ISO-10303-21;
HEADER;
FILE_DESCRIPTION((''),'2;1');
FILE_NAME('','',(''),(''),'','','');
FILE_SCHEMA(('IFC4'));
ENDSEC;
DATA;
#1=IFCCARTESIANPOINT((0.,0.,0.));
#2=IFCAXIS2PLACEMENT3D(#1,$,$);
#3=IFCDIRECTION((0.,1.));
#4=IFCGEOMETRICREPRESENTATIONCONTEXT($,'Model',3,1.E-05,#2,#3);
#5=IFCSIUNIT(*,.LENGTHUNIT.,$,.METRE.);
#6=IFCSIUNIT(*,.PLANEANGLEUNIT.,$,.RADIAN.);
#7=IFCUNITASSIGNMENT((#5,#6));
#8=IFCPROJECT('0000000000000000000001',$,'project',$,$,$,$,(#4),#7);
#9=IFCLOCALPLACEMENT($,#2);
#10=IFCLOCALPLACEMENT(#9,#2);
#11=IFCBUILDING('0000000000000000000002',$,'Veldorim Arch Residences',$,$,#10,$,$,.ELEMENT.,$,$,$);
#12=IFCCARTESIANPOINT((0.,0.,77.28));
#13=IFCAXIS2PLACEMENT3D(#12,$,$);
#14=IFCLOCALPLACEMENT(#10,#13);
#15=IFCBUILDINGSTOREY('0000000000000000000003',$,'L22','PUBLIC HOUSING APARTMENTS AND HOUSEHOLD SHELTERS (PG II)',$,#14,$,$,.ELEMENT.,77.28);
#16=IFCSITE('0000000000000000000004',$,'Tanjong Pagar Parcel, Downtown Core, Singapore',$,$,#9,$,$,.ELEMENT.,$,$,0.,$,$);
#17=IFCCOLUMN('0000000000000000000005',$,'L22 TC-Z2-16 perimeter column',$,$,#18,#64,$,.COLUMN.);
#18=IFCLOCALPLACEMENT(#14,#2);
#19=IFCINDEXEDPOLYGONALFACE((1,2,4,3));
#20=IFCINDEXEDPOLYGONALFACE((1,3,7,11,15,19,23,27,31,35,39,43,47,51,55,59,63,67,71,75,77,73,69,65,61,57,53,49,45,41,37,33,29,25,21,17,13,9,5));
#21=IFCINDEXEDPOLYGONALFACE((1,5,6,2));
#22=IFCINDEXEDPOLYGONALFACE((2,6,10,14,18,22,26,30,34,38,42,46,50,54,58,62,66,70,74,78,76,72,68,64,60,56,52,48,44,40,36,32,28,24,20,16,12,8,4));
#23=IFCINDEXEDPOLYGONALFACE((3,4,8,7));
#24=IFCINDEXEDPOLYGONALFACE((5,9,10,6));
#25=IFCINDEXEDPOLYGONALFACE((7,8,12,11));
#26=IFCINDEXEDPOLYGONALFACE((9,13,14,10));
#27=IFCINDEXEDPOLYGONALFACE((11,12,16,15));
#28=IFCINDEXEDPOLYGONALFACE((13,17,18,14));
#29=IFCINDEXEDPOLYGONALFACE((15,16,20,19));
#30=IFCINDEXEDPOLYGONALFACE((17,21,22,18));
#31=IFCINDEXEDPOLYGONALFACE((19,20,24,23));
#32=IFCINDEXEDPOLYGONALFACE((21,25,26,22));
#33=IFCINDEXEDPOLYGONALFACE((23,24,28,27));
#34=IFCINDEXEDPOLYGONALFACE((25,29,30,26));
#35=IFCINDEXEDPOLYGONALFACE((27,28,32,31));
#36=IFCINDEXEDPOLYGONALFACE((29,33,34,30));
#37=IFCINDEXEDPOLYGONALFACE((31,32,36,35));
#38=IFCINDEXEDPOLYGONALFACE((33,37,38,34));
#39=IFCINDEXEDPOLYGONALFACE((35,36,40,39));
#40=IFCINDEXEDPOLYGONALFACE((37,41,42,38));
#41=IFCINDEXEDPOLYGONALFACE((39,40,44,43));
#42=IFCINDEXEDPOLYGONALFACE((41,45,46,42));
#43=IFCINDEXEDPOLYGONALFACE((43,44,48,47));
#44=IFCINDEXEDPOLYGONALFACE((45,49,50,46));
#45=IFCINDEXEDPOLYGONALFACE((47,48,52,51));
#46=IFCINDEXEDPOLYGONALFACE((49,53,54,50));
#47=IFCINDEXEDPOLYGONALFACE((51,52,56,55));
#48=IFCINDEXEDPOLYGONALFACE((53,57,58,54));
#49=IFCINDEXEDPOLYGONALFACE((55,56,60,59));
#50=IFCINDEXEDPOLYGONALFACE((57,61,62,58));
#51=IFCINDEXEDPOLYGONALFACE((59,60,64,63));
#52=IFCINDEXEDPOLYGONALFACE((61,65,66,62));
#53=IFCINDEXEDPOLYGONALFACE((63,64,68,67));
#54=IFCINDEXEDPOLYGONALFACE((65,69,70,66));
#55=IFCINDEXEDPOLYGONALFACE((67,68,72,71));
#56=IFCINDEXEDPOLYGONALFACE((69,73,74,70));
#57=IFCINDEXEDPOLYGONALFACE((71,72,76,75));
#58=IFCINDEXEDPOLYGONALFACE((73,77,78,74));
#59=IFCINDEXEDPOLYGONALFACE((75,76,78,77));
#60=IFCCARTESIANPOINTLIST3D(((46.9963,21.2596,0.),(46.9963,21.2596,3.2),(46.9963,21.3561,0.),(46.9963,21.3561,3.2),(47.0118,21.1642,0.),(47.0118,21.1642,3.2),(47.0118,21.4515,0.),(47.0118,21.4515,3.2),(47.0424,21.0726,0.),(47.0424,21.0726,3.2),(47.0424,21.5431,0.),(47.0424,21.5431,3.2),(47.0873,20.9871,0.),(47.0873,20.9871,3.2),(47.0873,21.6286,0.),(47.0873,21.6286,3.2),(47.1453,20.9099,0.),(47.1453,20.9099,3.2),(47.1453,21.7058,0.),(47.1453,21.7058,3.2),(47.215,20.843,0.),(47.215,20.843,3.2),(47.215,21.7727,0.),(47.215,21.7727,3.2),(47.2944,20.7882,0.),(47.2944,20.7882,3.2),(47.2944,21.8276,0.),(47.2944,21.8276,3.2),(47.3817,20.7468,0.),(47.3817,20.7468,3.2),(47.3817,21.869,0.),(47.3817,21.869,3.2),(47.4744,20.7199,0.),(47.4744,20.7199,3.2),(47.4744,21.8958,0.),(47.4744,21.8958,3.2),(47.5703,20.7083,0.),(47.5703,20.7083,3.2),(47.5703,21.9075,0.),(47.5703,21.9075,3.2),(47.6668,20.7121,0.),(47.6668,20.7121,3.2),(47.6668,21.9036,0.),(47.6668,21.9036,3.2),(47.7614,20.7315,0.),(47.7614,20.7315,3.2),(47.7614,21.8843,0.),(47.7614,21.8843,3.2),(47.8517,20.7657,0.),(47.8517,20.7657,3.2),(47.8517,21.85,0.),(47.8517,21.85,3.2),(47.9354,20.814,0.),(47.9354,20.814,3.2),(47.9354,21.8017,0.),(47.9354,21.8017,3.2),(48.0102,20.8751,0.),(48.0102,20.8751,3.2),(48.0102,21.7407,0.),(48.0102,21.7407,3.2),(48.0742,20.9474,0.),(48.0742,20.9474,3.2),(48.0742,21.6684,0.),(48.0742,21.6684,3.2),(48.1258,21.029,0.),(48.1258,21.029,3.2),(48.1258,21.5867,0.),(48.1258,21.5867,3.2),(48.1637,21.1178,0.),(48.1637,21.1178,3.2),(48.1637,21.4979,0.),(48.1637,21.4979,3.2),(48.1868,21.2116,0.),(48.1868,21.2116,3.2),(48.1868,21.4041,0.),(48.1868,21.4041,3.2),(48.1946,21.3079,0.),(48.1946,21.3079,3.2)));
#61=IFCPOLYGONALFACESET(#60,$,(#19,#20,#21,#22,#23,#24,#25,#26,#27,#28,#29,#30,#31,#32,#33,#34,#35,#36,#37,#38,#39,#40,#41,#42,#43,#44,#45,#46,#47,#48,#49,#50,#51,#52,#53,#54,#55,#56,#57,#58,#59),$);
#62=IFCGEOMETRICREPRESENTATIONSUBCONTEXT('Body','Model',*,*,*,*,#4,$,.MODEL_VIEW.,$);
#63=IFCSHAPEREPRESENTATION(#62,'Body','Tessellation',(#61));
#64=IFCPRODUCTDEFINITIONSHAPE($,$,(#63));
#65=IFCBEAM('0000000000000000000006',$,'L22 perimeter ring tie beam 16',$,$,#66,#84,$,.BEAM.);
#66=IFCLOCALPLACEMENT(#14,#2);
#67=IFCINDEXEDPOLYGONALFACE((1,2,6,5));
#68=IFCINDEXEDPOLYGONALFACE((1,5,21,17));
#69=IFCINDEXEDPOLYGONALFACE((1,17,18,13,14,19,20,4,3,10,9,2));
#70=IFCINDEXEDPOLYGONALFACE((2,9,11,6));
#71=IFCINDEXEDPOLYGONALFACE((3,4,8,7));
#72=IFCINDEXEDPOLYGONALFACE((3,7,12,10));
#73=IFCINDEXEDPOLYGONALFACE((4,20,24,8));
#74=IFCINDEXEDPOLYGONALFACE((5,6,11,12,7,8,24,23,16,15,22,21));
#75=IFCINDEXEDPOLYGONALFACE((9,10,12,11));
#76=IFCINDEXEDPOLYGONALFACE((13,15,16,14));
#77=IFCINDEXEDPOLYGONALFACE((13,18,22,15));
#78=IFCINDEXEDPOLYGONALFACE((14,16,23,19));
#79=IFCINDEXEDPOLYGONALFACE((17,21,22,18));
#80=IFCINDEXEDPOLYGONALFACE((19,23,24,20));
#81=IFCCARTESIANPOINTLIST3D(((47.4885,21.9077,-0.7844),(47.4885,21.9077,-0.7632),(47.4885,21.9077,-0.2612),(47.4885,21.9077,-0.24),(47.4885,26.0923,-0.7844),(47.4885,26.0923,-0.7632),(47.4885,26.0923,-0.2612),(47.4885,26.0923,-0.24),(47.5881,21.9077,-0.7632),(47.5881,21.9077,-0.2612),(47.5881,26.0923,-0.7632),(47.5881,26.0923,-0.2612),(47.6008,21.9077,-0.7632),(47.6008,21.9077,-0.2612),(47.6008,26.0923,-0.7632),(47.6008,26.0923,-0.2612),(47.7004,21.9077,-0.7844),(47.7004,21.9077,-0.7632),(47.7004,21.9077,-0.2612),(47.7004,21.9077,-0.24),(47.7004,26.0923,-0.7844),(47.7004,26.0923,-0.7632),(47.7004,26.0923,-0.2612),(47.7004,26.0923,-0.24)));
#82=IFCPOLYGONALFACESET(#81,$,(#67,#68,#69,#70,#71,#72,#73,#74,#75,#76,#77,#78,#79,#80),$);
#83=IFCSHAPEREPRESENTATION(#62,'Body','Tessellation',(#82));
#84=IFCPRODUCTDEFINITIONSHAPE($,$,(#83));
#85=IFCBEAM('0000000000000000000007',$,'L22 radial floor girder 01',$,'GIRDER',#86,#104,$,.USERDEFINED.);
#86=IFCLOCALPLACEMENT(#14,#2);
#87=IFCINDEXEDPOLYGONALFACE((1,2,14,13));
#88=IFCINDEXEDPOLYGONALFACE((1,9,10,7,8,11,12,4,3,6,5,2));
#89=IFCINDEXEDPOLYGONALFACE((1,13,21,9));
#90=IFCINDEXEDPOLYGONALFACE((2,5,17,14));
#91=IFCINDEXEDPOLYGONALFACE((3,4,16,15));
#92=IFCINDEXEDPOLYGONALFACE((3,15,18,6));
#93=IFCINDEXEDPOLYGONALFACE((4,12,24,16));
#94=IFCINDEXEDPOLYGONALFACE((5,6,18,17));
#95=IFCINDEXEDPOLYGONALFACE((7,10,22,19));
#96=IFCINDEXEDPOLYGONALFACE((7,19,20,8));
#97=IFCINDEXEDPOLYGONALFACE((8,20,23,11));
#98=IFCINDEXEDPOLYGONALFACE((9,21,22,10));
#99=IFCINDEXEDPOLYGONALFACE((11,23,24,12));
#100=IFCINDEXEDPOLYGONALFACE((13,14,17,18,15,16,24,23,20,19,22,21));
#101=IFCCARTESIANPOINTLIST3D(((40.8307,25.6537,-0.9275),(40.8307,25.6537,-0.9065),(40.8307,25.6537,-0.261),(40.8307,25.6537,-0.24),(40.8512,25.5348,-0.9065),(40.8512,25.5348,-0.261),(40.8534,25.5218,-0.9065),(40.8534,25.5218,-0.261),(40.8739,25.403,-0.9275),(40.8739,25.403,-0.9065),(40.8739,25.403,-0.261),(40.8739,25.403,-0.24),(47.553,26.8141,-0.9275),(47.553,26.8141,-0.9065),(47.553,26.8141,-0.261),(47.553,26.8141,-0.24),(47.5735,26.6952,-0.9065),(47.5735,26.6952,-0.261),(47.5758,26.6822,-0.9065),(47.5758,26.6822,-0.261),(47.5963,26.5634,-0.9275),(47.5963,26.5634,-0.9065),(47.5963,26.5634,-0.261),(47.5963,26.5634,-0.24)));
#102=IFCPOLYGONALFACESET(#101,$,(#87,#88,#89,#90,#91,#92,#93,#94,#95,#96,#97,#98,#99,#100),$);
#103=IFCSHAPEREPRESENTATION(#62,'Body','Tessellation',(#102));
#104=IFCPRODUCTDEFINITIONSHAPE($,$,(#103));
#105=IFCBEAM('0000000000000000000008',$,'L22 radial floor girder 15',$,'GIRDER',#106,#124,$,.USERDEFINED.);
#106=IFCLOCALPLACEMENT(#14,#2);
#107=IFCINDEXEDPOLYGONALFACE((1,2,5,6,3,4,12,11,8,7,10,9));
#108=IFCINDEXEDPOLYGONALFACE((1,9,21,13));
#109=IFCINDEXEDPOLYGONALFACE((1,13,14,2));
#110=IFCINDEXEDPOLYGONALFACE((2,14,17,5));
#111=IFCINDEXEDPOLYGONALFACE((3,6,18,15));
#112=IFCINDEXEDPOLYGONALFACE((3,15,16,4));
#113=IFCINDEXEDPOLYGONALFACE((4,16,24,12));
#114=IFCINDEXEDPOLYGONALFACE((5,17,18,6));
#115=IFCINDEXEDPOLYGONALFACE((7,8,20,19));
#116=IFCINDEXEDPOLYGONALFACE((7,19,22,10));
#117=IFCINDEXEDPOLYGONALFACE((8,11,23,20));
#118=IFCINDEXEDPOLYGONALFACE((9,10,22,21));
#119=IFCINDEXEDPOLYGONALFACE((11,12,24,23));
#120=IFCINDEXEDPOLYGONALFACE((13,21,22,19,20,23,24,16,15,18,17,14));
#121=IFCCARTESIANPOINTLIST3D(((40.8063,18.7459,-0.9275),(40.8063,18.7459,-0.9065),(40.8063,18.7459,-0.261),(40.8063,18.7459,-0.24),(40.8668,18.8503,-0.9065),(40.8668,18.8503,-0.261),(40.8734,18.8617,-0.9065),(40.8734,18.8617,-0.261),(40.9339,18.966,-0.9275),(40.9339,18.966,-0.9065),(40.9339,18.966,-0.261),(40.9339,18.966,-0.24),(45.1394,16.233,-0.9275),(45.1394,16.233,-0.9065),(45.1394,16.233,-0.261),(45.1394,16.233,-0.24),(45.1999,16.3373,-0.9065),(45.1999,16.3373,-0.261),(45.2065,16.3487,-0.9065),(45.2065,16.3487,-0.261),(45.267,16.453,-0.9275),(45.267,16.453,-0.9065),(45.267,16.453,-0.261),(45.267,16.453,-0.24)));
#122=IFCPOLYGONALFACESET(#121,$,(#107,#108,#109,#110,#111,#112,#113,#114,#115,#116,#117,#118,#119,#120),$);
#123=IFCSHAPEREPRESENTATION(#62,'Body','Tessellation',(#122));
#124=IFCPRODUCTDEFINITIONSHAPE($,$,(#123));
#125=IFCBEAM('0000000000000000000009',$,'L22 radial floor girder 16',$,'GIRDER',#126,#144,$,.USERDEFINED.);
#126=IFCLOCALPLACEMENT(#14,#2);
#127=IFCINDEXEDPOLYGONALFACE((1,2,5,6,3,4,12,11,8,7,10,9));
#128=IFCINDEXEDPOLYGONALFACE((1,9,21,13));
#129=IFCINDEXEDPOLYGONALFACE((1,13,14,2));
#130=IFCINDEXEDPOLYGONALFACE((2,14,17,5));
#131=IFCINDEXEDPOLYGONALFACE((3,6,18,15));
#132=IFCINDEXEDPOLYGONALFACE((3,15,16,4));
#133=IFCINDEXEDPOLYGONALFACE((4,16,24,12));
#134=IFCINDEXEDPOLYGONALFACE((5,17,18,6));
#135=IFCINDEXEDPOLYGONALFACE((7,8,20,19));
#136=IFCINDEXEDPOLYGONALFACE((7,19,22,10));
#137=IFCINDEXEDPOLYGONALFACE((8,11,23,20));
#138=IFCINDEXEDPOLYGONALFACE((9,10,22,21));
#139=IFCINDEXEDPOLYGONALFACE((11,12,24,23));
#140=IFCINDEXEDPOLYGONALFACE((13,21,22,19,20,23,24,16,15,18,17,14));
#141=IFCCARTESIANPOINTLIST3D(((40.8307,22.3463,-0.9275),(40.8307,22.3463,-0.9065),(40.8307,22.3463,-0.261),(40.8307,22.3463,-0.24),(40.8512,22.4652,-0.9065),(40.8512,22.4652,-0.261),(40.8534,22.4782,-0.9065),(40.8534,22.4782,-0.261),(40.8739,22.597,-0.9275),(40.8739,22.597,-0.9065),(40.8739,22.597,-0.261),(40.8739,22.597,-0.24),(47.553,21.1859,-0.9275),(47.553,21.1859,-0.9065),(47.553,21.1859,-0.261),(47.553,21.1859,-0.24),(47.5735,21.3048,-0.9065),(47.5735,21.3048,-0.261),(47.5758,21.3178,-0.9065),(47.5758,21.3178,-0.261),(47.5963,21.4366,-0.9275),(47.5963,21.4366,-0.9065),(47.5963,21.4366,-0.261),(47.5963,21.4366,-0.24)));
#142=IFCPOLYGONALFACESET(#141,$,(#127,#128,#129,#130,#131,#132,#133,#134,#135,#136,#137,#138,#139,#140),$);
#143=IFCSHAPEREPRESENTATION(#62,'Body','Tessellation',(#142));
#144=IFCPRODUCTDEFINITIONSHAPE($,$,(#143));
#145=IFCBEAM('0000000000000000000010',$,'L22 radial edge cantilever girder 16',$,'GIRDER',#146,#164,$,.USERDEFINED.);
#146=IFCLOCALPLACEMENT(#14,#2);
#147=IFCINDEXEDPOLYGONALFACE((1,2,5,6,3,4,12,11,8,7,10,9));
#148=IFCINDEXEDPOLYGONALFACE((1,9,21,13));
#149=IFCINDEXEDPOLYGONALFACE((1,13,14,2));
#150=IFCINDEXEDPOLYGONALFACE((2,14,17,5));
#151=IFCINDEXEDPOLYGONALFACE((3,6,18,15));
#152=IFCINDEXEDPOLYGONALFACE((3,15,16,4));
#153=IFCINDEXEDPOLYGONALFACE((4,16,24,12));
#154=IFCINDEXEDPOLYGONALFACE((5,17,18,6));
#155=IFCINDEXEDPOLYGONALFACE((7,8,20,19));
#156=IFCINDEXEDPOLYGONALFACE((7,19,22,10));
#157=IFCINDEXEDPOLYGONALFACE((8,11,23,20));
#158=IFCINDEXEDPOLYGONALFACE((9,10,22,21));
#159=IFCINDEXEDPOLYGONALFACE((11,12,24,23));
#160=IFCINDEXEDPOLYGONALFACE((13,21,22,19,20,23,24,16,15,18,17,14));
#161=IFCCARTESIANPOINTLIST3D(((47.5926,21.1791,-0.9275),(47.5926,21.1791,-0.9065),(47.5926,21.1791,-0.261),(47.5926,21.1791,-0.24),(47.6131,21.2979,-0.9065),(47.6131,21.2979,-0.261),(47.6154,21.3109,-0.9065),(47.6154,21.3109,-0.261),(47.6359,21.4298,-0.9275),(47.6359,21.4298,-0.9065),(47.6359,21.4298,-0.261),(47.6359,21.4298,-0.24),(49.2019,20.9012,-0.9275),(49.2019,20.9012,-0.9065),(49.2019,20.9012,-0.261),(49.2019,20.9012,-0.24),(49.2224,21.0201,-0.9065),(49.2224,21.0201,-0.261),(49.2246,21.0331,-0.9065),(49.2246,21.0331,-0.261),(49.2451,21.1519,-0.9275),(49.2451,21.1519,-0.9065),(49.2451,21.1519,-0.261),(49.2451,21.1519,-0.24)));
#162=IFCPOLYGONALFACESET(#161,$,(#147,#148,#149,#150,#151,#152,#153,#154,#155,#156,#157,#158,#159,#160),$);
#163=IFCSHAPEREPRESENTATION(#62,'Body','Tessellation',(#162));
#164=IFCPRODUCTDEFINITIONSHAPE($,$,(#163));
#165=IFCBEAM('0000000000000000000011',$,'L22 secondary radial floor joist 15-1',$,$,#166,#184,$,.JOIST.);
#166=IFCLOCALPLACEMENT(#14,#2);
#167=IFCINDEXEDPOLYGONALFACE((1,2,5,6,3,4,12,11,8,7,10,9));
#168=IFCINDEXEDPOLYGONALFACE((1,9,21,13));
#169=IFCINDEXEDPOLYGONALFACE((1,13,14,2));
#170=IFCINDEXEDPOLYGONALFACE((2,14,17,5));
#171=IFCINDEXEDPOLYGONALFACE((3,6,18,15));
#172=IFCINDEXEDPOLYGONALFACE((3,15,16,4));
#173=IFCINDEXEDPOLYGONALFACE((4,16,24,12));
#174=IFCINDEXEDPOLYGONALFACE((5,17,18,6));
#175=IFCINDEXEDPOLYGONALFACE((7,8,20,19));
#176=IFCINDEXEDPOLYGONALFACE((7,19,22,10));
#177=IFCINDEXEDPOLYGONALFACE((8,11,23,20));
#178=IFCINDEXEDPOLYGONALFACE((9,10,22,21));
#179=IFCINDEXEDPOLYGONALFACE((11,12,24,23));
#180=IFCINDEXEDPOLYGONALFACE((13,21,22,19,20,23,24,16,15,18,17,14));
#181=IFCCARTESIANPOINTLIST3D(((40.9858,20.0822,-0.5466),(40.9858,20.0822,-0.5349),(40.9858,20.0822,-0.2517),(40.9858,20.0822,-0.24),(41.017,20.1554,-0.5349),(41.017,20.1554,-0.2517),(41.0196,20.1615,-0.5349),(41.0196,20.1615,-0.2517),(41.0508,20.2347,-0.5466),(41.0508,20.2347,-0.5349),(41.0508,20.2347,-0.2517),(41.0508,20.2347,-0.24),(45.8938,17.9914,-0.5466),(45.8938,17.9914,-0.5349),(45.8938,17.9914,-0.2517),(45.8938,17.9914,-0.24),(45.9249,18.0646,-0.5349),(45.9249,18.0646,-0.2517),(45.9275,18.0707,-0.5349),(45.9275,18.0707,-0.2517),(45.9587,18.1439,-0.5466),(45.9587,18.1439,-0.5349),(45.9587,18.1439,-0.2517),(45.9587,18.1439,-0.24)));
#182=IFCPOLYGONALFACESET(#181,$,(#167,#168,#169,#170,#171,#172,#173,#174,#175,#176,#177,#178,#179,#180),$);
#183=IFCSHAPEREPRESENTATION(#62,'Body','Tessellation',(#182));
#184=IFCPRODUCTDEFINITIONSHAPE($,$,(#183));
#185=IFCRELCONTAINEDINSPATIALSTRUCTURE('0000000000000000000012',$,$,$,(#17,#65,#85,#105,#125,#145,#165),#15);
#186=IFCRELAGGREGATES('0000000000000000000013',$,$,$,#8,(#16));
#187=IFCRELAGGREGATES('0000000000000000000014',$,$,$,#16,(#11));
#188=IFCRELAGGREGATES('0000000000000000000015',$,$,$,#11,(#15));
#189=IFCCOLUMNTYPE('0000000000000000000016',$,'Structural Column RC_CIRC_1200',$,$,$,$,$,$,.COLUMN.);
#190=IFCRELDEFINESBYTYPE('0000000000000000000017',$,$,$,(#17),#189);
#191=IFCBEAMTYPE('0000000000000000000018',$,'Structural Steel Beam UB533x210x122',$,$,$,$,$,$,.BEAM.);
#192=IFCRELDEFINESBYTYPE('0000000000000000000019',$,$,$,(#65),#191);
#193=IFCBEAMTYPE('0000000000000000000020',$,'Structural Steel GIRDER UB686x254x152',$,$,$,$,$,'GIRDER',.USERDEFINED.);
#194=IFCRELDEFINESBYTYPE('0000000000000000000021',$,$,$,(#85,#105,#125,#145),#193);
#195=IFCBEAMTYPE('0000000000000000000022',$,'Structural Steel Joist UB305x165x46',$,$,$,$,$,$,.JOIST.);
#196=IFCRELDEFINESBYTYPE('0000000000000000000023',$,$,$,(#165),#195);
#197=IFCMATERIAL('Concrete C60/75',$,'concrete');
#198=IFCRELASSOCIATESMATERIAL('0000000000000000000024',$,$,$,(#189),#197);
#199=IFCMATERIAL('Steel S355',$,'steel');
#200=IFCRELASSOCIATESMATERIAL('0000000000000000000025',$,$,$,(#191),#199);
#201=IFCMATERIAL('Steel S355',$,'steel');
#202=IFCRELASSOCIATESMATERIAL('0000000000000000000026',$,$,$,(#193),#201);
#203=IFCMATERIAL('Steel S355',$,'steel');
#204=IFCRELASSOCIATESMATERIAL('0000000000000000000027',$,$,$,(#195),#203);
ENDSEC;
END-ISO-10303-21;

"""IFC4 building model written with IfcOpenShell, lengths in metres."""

from ifc_helpers import new_model, si_unit, direction, frame, origin, origin_2d, place, context, subcontext, project, spatial, circle, i_section, extrude, material, material_profile, profile_set, type_object, element, save


model = new_model("IFC4")

# Units and contexts
model_context = context("Model", 3, precision=1e-05, world=origin(), true_north=direction((0.0, 1.0)))
body_context = subcontext(model_context, "Body", "Model", "MODEL_VIEW")
ifc_project = project(units=[si_unit("LENGTHUNIT", "METRE"), si_unit("PLANEANGLEUNIT", "RADIAN")], contexts=[model_context])

# Site, building, storey
site_placement = place(None, origin())
site = spatial("IfcSite", under=ifc_project, at=site_placement, Name="Tanjong Pagar Parcel, Downtown Core, Singapore", CompositionType="ELEMENT", RefElevation=0.0)
building_placement = place(site_placement, origin())
building = spatial("IfcBuilding", under=site, at=building_placement, Name="Veldorim Arch Residences", CompositionType="ELEMENT")
storey_placement = place(building_placement, frame((0.0, 0.0, 77.28)))
storey = spatial("IfcBuildingStorey", under=building, at=storey_placement, Name="L22", Description="PUBLIC HOUSING APARTMENTS AND HOUSEHOLD SHELTERS (PG II)", CompositionType="ELEMENT", Elevation=77.28)

# Column
ifc_material_1 = material(Name="Concrete C60/75", Category="concrete")
ifc_material_profile_1 = material_profile(ifc_material_1, circle(Radius=0.6001, at=origin_2d()), Name="RC_CIRC_1200")
ifc_profile_set_1 = profile_set([ifc_material_profile_1], Name="Concrete C60/75")
column_type = type_object("IfcColumnType", Name="Structural Column RC_CIRC_1200", PredefinedType="COLUMN", material=ifc_profile_set_1)
column_placement = place(storey_placement, frame((47.5945, 21.3079, 0.0), z_axis=(0.0, 0.0, 1.0), x_axis=(1.0, 0.0, 0.0)))
element("IfcColumn", 1, at=column_placement, inside=storey, type_object=column_type, Name="L22 TC-Z2-16 perimeter column", PredefinedType="COLUMN", context=body_context, shape_type="SweptSolid", body=[
    extrude(circle(Radius=0.6001, at=origin_2d()), origin(), (0.0, 0.0, 1.0), 3.2),
])

# Beams
ifc_material_2 = material(Name="Steel S355", Category="steel")
ifc_material_profile_2 = material_profile(ifc_material_2, i_section(OverallWidth=0.2119, OverallDepth=0.5444, WebThickness=0.0127, FlangeThickness=0.0212, at=origin_2d()), Name="UB533x210x122")
ifc_profile_set_2 = profile_set([ifc_material_profile_2], Name="Steel S355")
beam_type_1 = type_object("IfcBeamType", Name="Structural Steel Beam UB533x210x122", PredefinedType="BEAM", material=ifc_profile_set_2)
beam_1_placement = place(storey_placement, frame((47.5945, 21.9077, -0.5122), z_axis=(0.0, 1.0, 0.0), x_axis=(-1.0, 0.0, 0.0)))
element("IfcBeam", 2, at=beam_1_placement, inside=storey, type_object=beam_type_1, Name="L22 perimeter ring tie beam 16", PredefinedType="BEAM", context=body_context, shape_type="SweptSolid", body=[
    extrude(i_section(OverallWidth=0.2119, OverallDepth=0.5444, WebThickness=0.0127, FlangeThickness=0.0212, at=origin_2d()), origin(), (0.0, 0.0, 1.0), 4.1846),
])
ifc_material_3 = material(Name="Steel S355", Category="steel")
ifc_material_profile_3 = material_profile(ifc_material_3, i_section(OverallWidth=0.2544, OverallDepth=0.6875, WebThickness=0.0132, FlangeThickness=0.021, at=origin_2d()), Name="UB686x254x152")
ifc_profile_set_3 = profile_set([ifc_material_profile_3], Name="Steel S355")
beam_type_2 = type_object("IfcBeamType", Name="Structural Steel GIRDER UB686x254x152", ElementType="GIRDER", PredefinedType="USERDEFINED", material=ifc_profile_set_3)
beam_2_placement = place(storey_placement, frame((40.8523, 25.5283, -0.5837), z_axis=(0.985427, 0.170101, 0.0), x_axis=(-0.170101, 0.985427, 0.0)))
element("IfcBeam", 3, at=beam_2_placement, inside=storey, type_object=beam_type_2, Name="L22 radial floor girder 01", ObjectType="GIRDER", PredefinedType="USERDEFINED", context=body_context, shape_type="SweptSolid", body=[
    extrude(i_section(OverallWidth=0.2544, OverallDepth=0.6875, WebThickness=0.0132, FlangeThickness=0.021, at=origin_2d()), origin(), (0.0, 0.0, 1.0), 6.8218),
])
beam_3_placement = place(storey_placement, frame((40.8701, 18.856, -0.5837), z_axis=(0.865049, -0.501687, 0.0), x_axis=(0.501687, 0.865049, 0.0)))
element("IfcBeam", 4, at=beam_3_placement, inside=storey, type_object=beam_type_2, Name="L22 radial floor girder 15", ObjectType="GIRDER", PredefinedType="USERDEFINED", context=body_context, shape_type="SweptSolid", body=[
    extrude(i_section(OverallWidth=0.2544, OverallDepth=0.6875, WebThickness=0.0132, FlangeThickness=0.021, at=origin_2d()), origin(), (0.0, 0.0, 1.0), 5.009),
])
beam_4_placement = place(storey_placement, frame((40.8523, 22.4717, -0.5837), z_axis=(0.985427, -0.170101, 0.0), x_axis=(0.170101, 0.985427, 0.0)))
element("IfcBeam", 5, at=beam_4_placement, inside=storey, type_object=beam_type_2, Name="L22 radial floor girder 16", ObjectType="GIRDER", PredefinedType="USERDEFINED", context=body_context, shape_type="SweptSolid", body=[
    extrude(i_section(OverallWidth=0.2544, OverallDepth=0.6875, WebThickness=0.0132, FlangeThickness=0.021, at=origin_2d()), origin(), (0.0, 0.0, 1.0), 6.8218),
])
beam_5_placement = place(storey_placement, frame((47.6143, 21.3044, -0.5837), z_axis=(0.98542, -0.170142, 0.0), x_axis=(0.170142, 0.98542, 0.0)))
element("IfcBeam", 6, at=beam_5_placement, inside=storey, type_object=beam_type_2, Name="L22 radial edge cantilever girder 16", ObjectType="GIRDER", PredefinedType="USERDEFINED", context=body_context, shape_type="SweptSolid", body=[
    extrude(i_section(OverallWidth=0.2544, OverallDepth=0.6875, WebThickness=0.0132, FlangeThickness=0.021, at=origin_2d()), origin(), (0.0, 0.0, 1.0), 1.6331),
])
ifc_material_4 = material(Name="Steel S355", Category="steel")
ifc_material_profile_4 = material_profile(ifc_material_4, i_section(OverallWidth=0.1658, OverallDepth=0.3066, WebThickness=0.0066, FlangeThickness=0.0117, at=origin_2d()), Name="UB305x165x46")
ifc_profile_set_4 = profile_set([ifc_material_profile_4], Name="Steel S355")
beam_type_3 = type_object("IfcBeamType", Name="Structural Steel Joist UB305x165x46", PredefinedType="JOIST", material=ifc_profile_set_4)
beam_6_placement = place(storey_placement, frame((41.0183, 20.1584, -0.3933), z_axis=(0.919997, -0.391924, 0.0), x_axis=(0.391924, 0.919997, 0.0)))
element("IfcBeam", 7, at=beam_6_placement, inside=storey, type_object=beam_type_3, Name="L22 secondary radial floor joist 15-1", PredefinedType="JOIST", context=body_context, shape_type="SweptSolid", body=[
    extrude(i_section(OverallWidth=0.1658, OverallDepth=0.3066, WebThickness=0.0066, FlangeThickness=0.0117, at=origin_2d()), origin(), (0.0, 0.0, 1.0), 5.3347),
])

save(model, "model.ifc")
